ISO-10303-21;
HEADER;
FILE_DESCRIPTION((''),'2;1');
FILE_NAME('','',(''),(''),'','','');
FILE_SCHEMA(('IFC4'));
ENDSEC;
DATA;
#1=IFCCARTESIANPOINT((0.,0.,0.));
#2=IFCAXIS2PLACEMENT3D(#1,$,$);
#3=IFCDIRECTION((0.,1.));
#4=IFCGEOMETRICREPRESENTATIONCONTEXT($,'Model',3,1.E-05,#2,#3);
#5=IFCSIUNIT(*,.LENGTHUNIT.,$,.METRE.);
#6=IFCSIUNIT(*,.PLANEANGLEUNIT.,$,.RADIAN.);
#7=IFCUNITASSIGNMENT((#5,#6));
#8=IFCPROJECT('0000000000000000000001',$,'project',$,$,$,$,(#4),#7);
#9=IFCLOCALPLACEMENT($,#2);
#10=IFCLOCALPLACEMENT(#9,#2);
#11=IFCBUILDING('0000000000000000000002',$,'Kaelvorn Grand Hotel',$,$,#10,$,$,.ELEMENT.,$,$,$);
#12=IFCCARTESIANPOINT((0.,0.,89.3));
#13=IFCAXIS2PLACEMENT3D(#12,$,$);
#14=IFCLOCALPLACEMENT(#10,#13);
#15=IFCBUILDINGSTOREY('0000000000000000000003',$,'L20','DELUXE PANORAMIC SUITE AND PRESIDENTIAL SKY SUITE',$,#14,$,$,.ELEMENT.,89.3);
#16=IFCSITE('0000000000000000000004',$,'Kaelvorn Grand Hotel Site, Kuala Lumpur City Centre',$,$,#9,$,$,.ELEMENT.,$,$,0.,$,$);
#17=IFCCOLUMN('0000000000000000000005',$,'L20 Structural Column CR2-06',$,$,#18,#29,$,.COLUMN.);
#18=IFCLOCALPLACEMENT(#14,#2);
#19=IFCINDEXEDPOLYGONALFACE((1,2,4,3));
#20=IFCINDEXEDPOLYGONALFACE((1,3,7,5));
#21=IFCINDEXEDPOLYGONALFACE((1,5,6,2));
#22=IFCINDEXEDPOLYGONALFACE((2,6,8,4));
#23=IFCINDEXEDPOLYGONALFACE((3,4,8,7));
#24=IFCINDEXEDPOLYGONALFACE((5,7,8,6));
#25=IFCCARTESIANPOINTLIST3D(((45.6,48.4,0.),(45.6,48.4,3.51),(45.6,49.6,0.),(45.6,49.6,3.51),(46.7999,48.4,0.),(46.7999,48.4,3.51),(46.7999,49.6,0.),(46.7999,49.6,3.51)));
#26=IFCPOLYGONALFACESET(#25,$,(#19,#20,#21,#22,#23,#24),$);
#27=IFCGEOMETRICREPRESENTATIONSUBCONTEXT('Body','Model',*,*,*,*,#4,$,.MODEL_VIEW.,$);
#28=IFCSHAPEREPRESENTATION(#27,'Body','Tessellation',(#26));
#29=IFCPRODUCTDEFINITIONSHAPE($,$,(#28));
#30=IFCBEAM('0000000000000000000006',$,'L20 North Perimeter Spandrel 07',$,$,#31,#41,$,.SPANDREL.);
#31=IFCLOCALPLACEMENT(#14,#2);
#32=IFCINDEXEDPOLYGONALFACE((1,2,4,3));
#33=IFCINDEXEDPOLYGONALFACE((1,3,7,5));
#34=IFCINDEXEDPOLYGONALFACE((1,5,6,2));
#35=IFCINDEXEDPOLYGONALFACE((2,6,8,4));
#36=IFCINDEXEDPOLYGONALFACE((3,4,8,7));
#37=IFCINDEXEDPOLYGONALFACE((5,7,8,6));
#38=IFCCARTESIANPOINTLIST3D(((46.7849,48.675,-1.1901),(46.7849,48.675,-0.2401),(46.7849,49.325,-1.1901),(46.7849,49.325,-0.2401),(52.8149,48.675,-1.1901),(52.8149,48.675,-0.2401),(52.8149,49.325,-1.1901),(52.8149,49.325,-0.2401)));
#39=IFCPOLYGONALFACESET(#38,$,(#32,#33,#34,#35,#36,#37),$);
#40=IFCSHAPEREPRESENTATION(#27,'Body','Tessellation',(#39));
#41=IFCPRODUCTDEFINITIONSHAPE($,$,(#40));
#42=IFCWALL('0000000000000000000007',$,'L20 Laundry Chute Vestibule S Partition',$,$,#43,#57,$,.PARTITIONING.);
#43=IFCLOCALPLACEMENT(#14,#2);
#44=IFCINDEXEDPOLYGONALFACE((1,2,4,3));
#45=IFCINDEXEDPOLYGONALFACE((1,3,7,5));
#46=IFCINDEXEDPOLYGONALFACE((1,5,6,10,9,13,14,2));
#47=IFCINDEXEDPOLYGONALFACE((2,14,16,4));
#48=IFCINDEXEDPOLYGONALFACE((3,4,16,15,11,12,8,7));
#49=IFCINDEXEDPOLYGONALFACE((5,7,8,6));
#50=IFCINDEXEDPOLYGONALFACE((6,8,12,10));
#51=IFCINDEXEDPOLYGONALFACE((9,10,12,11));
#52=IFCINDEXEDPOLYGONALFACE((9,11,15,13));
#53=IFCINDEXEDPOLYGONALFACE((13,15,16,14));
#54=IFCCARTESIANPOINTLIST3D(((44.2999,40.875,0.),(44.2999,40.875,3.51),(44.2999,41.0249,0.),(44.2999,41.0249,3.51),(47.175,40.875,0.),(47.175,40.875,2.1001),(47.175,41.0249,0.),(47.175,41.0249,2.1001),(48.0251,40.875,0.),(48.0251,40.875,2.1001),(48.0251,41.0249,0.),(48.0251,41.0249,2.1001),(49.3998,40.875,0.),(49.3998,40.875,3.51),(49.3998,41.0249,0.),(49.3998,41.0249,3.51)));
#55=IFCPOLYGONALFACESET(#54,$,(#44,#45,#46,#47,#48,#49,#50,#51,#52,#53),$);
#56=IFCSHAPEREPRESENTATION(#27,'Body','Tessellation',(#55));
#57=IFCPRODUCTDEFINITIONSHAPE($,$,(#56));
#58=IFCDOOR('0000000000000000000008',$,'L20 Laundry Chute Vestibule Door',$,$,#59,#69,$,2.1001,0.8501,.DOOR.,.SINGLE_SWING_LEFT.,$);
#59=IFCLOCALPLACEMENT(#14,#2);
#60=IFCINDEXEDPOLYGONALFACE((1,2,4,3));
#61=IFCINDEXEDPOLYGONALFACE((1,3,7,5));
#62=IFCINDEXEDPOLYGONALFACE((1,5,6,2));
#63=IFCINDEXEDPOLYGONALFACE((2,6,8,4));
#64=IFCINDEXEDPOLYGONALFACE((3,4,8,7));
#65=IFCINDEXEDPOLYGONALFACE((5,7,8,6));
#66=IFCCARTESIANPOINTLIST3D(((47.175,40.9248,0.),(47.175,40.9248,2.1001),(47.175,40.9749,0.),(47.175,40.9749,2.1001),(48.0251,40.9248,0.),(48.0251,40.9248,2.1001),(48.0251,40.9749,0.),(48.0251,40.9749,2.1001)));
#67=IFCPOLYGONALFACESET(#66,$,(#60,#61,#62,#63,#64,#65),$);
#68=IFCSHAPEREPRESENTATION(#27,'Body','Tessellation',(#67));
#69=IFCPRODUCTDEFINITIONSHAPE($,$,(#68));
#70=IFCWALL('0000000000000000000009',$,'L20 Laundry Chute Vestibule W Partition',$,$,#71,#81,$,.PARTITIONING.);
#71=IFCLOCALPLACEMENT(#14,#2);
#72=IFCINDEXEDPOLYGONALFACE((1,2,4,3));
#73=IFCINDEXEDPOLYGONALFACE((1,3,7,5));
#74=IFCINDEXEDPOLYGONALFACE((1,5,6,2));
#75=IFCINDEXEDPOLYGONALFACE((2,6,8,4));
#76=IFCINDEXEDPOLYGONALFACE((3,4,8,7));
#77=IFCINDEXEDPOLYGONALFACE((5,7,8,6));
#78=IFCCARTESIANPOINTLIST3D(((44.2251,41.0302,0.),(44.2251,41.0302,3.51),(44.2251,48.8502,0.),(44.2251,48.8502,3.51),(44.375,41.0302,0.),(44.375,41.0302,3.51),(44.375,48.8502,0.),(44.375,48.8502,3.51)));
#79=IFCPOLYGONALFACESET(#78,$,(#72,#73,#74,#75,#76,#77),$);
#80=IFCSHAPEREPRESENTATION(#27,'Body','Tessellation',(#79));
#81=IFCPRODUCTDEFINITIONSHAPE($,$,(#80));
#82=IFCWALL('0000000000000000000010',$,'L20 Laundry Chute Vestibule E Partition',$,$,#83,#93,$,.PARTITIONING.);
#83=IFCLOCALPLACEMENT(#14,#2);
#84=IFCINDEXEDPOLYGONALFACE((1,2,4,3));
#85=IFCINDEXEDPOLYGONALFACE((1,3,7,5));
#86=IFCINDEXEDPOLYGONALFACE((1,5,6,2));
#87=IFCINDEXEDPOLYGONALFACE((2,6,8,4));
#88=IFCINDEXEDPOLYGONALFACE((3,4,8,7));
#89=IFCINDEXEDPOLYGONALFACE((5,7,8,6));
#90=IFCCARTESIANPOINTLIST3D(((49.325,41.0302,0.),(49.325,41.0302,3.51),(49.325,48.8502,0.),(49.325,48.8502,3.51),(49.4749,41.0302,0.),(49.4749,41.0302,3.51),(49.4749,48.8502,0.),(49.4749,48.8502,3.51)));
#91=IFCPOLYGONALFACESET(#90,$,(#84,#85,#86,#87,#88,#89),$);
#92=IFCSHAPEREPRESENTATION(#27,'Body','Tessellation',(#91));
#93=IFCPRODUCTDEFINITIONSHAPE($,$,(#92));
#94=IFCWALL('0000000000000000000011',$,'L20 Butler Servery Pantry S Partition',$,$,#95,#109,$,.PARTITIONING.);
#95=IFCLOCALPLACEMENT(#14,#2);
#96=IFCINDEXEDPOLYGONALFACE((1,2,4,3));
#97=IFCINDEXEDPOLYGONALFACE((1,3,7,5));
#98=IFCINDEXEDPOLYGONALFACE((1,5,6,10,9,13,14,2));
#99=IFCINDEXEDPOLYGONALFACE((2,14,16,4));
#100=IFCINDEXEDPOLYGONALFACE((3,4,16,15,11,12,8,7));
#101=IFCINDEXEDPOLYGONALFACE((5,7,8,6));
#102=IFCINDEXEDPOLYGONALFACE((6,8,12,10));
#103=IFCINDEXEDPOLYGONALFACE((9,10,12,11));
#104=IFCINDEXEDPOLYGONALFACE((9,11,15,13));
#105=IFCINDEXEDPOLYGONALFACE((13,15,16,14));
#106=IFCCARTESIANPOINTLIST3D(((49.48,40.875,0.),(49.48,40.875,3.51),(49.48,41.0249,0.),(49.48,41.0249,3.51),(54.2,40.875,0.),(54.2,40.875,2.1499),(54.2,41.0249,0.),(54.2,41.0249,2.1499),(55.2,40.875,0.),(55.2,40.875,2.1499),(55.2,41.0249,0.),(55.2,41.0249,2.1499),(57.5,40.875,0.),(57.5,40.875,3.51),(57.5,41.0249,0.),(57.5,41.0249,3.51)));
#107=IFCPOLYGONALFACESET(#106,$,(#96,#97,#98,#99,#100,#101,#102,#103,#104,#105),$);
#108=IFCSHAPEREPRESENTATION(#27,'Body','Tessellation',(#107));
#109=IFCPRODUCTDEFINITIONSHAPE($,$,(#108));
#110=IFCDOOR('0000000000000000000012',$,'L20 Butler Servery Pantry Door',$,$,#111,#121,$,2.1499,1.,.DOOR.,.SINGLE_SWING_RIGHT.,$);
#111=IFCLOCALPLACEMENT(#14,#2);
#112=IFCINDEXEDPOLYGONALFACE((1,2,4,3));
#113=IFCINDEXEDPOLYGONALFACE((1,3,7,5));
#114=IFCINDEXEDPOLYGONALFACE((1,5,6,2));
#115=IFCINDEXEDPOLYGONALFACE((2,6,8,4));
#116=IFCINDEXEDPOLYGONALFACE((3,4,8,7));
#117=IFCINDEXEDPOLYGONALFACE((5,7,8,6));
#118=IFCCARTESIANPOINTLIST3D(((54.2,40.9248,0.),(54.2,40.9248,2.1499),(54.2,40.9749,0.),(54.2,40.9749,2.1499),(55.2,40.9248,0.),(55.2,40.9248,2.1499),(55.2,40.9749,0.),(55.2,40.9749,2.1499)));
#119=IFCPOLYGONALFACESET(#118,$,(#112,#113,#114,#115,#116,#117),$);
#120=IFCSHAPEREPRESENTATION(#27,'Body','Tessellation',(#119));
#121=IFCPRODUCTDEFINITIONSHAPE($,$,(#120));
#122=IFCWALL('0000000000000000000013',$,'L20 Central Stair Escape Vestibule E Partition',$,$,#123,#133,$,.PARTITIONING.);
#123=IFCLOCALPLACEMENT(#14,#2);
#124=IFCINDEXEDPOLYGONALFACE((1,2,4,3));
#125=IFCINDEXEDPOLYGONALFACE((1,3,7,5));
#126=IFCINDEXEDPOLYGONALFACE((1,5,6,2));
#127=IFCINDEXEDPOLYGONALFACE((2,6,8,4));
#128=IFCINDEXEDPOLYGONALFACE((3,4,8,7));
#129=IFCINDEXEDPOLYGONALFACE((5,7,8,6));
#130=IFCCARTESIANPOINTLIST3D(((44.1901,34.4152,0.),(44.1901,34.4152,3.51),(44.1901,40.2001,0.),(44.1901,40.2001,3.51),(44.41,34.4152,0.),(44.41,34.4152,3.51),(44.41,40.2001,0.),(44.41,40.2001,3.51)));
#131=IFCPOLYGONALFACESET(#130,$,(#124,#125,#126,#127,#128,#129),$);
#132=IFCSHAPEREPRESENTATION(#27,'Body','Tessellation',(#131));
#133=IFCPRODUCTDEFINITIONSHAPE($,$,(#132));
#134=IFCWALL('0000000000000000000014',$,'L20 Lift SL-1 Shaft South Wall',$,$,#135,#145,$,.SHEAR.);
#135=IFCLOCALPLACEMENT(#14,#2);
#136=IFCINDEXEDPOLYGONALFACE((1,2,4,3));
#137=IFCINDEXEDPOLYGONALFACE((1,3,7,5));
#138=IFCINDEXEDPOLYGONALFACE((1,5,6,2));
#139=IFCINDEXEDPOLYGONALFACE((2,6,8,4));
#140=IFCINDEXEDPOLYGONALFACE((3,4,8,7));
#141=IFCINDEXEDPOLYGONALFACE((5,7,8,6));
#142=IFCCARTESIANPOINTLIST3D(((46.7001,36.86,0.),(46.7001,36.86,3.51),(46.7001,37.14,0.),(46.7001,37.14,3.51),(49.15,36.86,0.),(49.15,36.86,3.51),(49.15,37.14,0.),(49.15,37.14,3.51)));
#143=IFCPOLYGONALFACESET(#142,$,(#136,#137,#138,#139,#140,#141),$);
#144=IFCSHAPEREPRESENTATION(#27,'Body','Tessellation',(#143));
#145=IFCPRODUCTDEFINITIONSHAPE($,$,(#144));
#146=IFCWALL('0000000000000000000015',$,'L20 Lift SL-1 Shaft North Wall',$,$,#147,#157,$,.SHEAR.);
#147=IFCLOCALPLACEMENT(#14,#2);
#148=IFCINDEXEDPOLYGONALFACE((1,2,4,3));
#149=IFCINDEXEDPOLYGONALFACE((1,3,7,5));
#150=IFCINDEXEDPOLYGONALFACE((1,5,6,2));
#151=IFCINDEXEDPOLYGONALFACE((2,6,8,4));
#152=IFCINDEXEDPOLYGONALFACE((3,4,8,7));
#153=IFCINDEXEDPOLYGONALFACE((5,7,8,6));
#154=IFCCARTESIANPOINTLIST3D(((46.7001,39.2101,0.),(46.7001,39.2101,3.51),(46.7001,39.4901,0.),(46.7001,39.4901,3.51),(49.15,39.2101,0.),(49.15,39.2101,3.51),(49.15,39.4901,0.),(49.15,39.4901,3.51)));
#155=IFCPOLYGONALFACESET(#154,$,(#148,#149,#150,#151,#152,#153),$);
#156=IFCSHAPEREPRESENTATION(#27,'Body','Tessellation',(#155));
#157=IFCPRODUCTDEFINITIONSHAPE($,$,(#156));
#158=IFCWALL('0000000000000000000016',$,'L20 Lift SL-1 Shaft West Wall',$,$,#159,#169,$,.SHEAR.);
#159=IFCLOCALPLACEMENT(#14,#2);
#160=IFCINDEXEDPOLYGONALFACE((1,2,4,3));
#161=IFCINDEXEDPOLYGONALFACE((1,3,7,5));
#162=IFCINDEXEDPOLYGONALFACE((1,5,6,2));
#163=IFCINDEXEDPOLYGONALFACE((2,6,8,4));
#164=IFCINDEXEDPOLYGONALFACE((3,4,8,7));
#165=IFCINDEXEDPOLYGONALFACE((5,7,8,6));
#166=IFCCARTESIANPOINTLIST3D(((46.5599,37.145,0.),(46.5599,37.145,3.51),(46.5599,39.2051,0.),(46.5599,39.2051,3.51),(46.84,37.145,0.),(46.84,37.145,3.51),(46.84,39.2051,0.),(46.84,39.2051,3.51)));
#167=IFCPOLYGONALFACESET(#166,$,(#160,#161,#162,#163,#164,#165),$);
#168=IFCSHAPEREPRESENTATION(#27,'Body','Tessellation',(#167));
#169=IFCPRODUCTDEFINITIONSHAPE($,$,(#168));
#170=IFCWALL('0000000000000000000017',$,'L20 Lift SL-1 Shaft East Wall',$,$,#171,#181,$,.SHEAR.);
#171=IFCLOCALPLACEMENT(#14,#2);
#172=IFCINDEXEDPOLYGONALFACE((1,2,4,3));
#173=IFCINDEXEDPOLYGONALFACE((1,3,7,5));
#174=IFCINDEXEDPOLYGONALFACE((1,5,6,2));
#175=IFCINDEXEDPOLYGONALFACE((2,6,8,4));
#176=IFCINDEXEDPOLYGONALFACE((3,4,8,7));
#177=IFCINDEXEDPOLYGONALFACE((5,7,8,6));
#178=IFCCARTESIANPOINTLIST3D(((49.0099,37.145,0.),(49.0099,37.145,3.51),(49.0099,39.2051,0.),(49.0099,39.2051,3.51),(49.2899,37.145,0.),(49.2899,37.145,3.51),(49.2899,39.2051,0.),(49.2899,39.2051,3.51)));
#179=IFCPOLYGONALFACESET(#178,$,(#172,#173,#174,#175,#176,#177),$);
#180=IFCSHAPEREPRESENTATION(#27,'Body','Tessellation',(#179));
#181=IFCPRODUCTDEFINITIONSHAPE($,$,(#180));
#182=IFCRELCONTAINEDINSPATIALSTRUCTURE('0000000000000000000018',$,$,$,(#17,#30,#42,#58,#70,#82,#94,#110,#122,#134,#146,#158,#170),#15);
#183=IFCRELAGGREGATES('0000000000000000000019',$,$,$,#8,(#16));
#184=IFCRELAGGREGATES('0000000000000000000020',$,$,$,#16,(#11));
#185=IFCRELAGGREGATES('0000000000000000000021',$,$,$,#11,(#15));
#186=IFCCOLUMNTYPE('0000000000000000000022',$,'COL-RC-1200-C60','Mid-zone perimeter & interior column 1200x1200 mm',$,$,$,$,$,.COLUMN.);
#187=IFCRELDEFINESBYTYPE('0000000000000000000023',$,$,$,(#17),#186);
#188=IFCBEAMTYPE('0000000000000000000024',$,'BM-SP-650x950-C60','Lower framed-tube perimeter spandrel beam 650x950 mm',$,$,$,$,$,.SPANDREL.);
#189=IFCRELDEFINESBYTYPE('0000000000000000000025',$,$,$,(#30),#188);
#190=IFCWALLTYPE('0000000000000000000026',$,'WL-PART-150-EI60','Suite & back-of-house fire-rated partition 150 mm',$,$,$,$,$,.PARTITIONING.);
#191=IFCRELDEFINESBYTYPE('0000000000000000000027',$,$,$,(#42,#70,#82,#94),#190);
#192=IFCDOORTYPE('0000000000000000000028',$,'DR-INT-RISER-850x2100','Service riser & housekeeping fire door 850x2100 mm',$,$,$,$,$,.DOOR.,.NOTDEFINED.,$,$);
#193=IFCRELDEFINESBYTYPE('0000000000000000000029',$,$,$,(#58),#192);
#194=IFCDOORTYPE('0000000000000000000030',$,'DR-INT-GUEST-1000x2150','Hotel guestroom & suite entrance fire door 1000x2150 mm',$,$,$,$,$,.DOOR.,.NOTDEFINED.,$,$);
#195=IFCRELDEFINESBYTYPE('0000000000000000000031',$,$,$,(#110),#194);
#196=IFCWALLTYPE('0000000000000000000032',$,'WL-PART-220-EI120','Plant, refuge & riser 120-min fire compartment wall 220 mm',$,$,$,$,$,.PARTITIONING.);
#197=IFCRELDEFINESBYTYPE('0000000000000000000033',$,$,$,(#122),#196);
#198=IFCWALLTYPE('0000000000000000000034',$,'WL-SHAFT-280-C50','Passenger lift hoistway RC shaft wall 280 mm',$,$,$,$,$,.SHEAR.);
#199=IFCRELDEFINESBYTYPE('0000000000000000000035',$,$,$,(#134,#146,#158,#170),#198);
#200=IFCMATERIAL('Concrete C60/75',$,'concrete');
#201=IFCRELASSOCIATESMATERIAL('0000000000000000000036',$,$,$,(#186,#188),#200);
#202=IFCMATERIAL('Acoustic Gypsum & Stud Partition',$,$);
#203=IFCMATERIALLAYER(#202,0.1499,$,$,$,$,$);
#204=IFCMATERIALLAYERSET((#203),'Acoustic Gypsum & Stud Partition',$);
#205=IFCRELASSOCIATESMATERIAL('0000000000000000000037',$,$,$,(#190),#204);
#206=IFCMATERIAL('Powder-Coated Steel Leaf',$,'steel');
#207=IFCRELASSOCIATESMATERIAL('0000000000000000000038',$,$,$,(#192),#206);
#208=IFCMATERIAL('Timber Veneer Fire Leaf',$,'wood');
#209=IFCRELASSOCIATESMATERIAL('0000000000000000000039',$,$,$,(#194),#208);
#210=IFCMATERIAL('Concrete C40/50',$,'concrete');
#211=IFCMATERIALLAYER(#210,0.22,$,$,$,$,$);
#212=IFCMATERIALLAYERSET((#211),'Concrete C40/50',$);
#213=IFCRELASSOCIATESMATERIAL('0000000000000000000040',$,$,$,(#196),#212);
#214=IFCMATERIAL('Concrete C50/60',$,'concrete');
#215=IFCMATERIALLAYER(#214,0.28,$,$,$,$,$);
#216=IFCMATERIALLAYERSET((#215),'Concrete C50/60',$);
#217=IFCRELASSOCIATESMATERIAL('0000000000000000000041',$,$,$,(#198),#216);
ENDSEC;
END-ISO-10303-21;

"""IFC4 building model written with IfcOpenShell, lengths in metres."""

from ifc_helpers import new_model, si_unit, direction, frame, frame_2d, origin, origin_2d, place, context, subcontext, project, spatial, rectangle, extrude, material, layer, layer_set, material_profile, profile_set, type_object, element, fill, save


model = new_model("IFC4")

# Units and contexts
model_context = context("Model", 3, precision=1e-05, world=origin(), true_north=direction((0.0, 1.0)))
body_context = subcontext(model_context, "Body", "Model", "MODEL_VIEW")
ifc_project = project(units=[si_unit("LENGTHUNIT", "METRE"), si_unit("PLANEANGLEUNIT", "RADIAN")], contexts=[model_context])

# Site, building, storey
site_placement = place(None, origin())
site = spatial("IfcSite", under=ifc_project, at=site_placement, Name="Kaelvorn Grand Hotel Site, Kuala Lumpur City Centre", CompositionType="ELEMENT", RefElevation=0.0)
building_placement = place(site_placement, origin())
building = spatial("IfcBuilding", under=site, at=building_placement, Name="Kaelvorn Grand Hotel", CompositionType="ELEMENT")
storey_placement = place(building_placement, frame((0.0, 0.0, 89.3)))
storey = spatial("IfcBuildingStorey", under=building, at=storey_placement, Name="L20", Description="DELUXE PANORAMIC SUITE AND PRESIDENTIAL SKY SUITE", CompositionType="ELEMENT", Elevation=89.3)

# Column
ifc_material_1 = material(Name="Concrete C60/75", Category="concrete")
ifc_material_profile_1 = material_profile(ifc_material_1, rectangle(XDim=1.2, YDim=1.2, at=origin_2d()), Name="RC COL 1200x1200")
ifc_profile_set_1 = profile_set([ifc_material_profile_1], Name="Concrete C60/75")
column_type = type_object("IfcColumnType", Name="COL-RC-1200-C60", Description="Mid-zone perimeter & interior column 1200x1200 mm", PredefinedType="COLUMN", material=ifc_profile_set_1)
column_placement = place(storey_placement, frame((46.2, 49.0, 0.0), z_axis=(0.0, 0.0, 1.0), x_axis=(1.0, 0.0, 0.0)))
element("IfcColumn", 1, at=column_placement, inside=storey, type_object=column_type, Name="L20 Structural Column CR2-06", PredefinedType="COLUMN", context=body_context, shape_type="SweptSolid", body=[
    extrude(rectangle(XDim=1.2, YDim=1.2, at=origin_2d()), origin(), (0.0, 0.0, 1.0), 3.51),
])

# Beam
ifc_material_profile_2 = material_profile(ifc_material_1, rectangle(XDim=0.6499, YDim=0.95, at=origin_2d()), Name="RC SPANDREL 650x950")
ifc_profile_set_2 = profile_set([ifc_material_profile_2], Name="Concrete C60/75")
beam_type = type_object("IfcBeamType", Name="BM-SP-650x950-C60", Description="Lower framed-tube perimeter spandrel beam 650x950 mm", PredefinedType="SPANDREL", material=ifc_profile_set_2)
beam_placement = place(storey_placement, frame((46.7849, 49.0, -0.7151), z_axis=(1.0, 0.0, 0.0), x_axis=(0.0, 1.0, 0.0)))
element("IfcBeam", 2, at=beam_placement, inside=storey, type_object=beam_type, Name="L20 North Perimeter Spandrel 07", PredefinedType="SPANDREL", context=body_context, shape_type="SweptSolid", body=[
    extrude(rectangle(XDim=0.6499, YDim=0.95, at=origin_2d()), origin(), (0.0, 0.0, 1.0), 6.03),
])

# Wall, opening, door
ifc_material_2 = material(Name="Acoustic Gypsum & Stud Partition")
ifc_layer_1 = layer(ifc_material_2, 0.1499)
ifc_layer_set_1 = layer_set([ifc_layer_1], Name="Acoustic Gypsum & Stud Partition")
wall_type_1 = type_object("IfcWallType", Name="WL-PART-150-EI60", Description="Suite & back-of-house fire-rated partition 150 mm", PredefinedType="PARTITIONING", material=ifc_layer_set_1)
wall_1_placement = place(storey_placement, frame((44.3, 40.95, 0.0), z_axis=(0.0, 0.0, 1.0), x_axis=(1.0, 0.0, 0.0)))
wall_1 = element("IfcWall", 3, at=wall_1_placement, inside=storey, type_object=wall_type_1, Name="L20 Laundry Chute Vestibule S Partition", PredefinedType="PARTITIONING", context=body_context, shape_type="SweptSolid", body=[
    extrude(rectangle(XDim=5.0999, YDim=0.1499, at=frame_2d((2.5498, 0.0))), origin(), (0.0, 0.0, 1.0), 3.51),
])
opening_1_placement = place(wall_1_placement, frame((2.875, 0.0, 0.0)))
opening_1 = element("IfcOpeningElement", 4, at=opening_1_placement, cuts=wall_1, PredefinedType="OPENING", context=body_context, shape_type="SweptSolid", body=[
    extrude(rectangle(XDim=0.8501, YDim=2.1001, at=frame_2d((0.425, 1.05))), frame((0.0, 0.085, 0.0), z_axis=(0.0, -1.0, 0.0), x_axis=(1.0, 0.0, 0.0)), (0.0, 0.0, 1.0), 0.1699),
])
ifc_material_3 = material(Name="Powder-Coated Steel Leaf", Category="steel")
door_type_1 = type_object("IfcDoorType", Name="DR-INT-RISER-850x2100", Description="Service riser & housekeeping fire door 850x2100 mm", OperationType="NOTDEFINED", PredefinedType="DOOR", material=ifc_material_3)
door_1_placement = place(opening_1_placement, origin())
door_1 = element("IfcDoor", 5, at=door_1_placement, inside=storey, type_object=door_type_1, Name="L20 Laundry Chute Vestibule Door", OperationType="SINGLE_SWING_LEFT", OverallHeight=2.1001, OverallWidth=0.8501, PredefinedType="DOOR", context=body_context, shape_type="SweptSolid", body=[
    extrude(rectangle(XDim=0.8501, YDim=2.1001, at=frame_2d((0.425, 1.05))), frame((0.0, 0.0249, 0.0), z_axis=(0.0, -1.0, 0.0), x_axis=(1.0, 0.0, 0.0)), (0.0, 0.0, 1.0), 0.05),
])
fill(opening_1, door_1)

# Walls
for number, where, z_axis, x_axis, name in (
    (6, (44.3, 41.03, 0.0), (0.0, 0.0, 1.0), (0.0, 1.0, 0.0), "L20 Laundry Chute Vestibule W Partition"),
    (7, (49.3999, 41.03, 0.0), (0.0, 0.0, 1.0), (0.0, 1.0, 0.0), "L20 Laundry Chute Vestibule E Partition"),
):
    element("IfcWall", number, at=place(storey_placement, frame(where, z_axis=z_axis, x_axis=x_axis)), inside=storey, type_object=wall_type_1, Name=name, PredefinedType="PARTITIONING", context=body_context, shape_type="SweptSolid", body=[
        extrude(rectangle(XDim=7.8201, YDim=0.1499, at=frame_2d((3.9102, 0.0))), origin(), (0.0, 0.0, 1.0), 3.51),
    ])

# Wall, opening, door
wall_2_placement = place(storey_placement, frame((49.48, 40.95, 0.0), z_axis=(0.0, 0.0, 1.0), x_axis=(1.0, 0.0, 0.0)))
wall_2 = element("IfcWall", 8, at=wall_2_placement, inside=storey, type_object=wall_type_1, Name="L20 Butler Servery Pantry S Partition", PredefinedType="PARTITIONING", context=body_context, shape_type="SweptSolid", body=[
    extrude(rectangle(XDim=8.02, YDim=0.1499, at=frame_2d((4.01, 0.0))), origin(), (0.0, 0.0, 1.0), 3.51),
])
opening_2_placement = place(wall_2_placement, frame((4.72, 0.0, 0.0)))
opening_2 = element("IfcOpeningElement", 9, at=opening_2_placement, cuts=wall_2, PredefinedType="OPENING", context=body_context, shape_type="SweptSolid", body=[
    extrude(rectangle(XDim=1.0, YDim=2.1499, at=frame_2d((0.5, 1.075))), frame((0.0, 0.085, 0.0), z_axis=(0.0, -1.0, 0.0), x_axis=(1.0, 0.0, 0.0)), (0.0, 0.0, 1.0), 0.1699),
])
ifc_material_4 = material(Name="Timber Veneer Fire Leaf", Category="wood")
door_type_2 = type_object("IfcDoorType", Name="DR-INT-GUEST-1000x2150", Description="Hotel guestroom & suite entrance fire door 1000x2150 mm", OperationType="NOTDEFINED", PredefinedType="DOOR", material=ifc_material_4)
door_2_placement = place(opening_2_placement, origin())
door_2 = element("IfcDoor", 10, at=door_2_placement, inside=storey, type_object=door_type_2, Name="L20 Butler Servery Pantry Door", OperationType="SINGLE_SWING_RIGHT", OverallHeight=2.1499, OverallWidth=1.0, PredefinedType="DOOR", context=body_context, shape_type="SweptSolid", body=[
    extrude(rectangle(XDim=1.0, YDim=2.1499, at=frame_2d((0.5, 1.075))), frame((0.0, 0.0249, 0.0), z_axis=(0.0, -1.0, 0.0), x_axis=(1.0, 0.0, 0.0)), (0.0, 0.0, 1.0), 0.05),
])
fill(opening_2, door_2)

# Walls
ifc_material_5 = material(Name="Concrete C40/50", Category="concrete")
ifc_layer_2 = layer(ifc_material_5, 0.22)
ifc_layer_set_2 = layer_set([ifc_layer_2], Name="Concrete C40/50")
wall_type_2 = type_object("IfcWallType", Name="WL-PART-220-EI120", Description="Plant, refuge & riser 120-min fire compartment wall 220 mm", PredefinedType="PARTITIONING", material=ifc_layer_set_2)
wall_3_placement = place(storey_placement, frame((44.3, 34.415, 0.0), z_axis=(0.0, 0.0, 1.0), x_axis=(0.0, 1.0, 0.0)))
element("IfcWall", 11, at=wall_3_placement, inside=storey, type_object=wall_type_2, Name="L20 Central Stair Escape Vestibule E Partition", PredefinedType="PARTITIONING", context=body_context, shape_type="SweptSolid", body=[
    extrude(rectangle(XDim=5.7849, YDim=0.22, at=frame_2d((2.8926, 0.0))), origin(), (0.0, 0.0, 1.0), 3.51),
])
ifc_material_6 = material(Name="Concrete C50/60", Category="concrete")
ifc_layer_3 = layer(ifc_material_6, 0.28)
ifc_layer_set_3 = layer_set([ifc_layer_3], Name="Concrete C50/60")
wall_type_3 = type_object("IfcWallType", Name="WL-SHAFT-280-C50", Description="Passenger lift hoistway RC shaft wall 280 mm", PredefinedType="SHEAR", material=ifc_layer_set_3)
for number, where, z_axis, x_axis, name in (
    (12, (46.7, 37.0, 0.0), (0.0, 0.0, 1.0), (1.0, 0.0, 0.0), "L20 Lift SL-1 Shaft South Wall"),
    (13, (46.7, 39.3501, 0.0), (0.0, 0.0, 1.0), (1.0, 0.0, 0.0), "L20 Lift SL-1 Shaft North Wall"),
):
    element("IfcWall", number, at=place(storey_placement, frame(where, z_axis=z_axis, x_axis=x_axis)), inside=storey, type_object=wall_type_3, Name=name, PredefinedType="SHEAR", context=body_context, shape_type="SweptSolid", body=[
        extrude(rectangle(XDim=2.45, YDim=0.28, at=frame_2d((1.2251, 0.0))), origin(), (0.0, 0.0, 1.0), 3.51),
    ])
for number, where, z_axis, x_axis, name in (
    (14, (46.7, 37.145, 0.0), (0.0, 0.0, 1.0), (0.0, 1.0, 0.0), "L20 Lift SL-1 Shaft West Wall"),
    (15, (49.1499, 37.145, 0.0), (0.0, 0.0, 1.0), (0.0, 1.0, 0.0), "L20 Lift SL-1 Shaft East Wall"),
):
    element("IfcWall", number, at=place(storey_placement, frame(where, z_axis=z_axis, x_axis=x_axis)), inside=storey, type_object=wall_type_3, Name=name, PredefinedType="SHEAR", context=body_context, shape_type="SweptSolid", body=[
        extrude(rectangle(XDim=2.0601, YDim=0.28, at=frame_2d((1.03, 0.0))), origin(), (0.0, 0.0, 1.0), 3.51),
    ])

save(model, "model.ifc")
